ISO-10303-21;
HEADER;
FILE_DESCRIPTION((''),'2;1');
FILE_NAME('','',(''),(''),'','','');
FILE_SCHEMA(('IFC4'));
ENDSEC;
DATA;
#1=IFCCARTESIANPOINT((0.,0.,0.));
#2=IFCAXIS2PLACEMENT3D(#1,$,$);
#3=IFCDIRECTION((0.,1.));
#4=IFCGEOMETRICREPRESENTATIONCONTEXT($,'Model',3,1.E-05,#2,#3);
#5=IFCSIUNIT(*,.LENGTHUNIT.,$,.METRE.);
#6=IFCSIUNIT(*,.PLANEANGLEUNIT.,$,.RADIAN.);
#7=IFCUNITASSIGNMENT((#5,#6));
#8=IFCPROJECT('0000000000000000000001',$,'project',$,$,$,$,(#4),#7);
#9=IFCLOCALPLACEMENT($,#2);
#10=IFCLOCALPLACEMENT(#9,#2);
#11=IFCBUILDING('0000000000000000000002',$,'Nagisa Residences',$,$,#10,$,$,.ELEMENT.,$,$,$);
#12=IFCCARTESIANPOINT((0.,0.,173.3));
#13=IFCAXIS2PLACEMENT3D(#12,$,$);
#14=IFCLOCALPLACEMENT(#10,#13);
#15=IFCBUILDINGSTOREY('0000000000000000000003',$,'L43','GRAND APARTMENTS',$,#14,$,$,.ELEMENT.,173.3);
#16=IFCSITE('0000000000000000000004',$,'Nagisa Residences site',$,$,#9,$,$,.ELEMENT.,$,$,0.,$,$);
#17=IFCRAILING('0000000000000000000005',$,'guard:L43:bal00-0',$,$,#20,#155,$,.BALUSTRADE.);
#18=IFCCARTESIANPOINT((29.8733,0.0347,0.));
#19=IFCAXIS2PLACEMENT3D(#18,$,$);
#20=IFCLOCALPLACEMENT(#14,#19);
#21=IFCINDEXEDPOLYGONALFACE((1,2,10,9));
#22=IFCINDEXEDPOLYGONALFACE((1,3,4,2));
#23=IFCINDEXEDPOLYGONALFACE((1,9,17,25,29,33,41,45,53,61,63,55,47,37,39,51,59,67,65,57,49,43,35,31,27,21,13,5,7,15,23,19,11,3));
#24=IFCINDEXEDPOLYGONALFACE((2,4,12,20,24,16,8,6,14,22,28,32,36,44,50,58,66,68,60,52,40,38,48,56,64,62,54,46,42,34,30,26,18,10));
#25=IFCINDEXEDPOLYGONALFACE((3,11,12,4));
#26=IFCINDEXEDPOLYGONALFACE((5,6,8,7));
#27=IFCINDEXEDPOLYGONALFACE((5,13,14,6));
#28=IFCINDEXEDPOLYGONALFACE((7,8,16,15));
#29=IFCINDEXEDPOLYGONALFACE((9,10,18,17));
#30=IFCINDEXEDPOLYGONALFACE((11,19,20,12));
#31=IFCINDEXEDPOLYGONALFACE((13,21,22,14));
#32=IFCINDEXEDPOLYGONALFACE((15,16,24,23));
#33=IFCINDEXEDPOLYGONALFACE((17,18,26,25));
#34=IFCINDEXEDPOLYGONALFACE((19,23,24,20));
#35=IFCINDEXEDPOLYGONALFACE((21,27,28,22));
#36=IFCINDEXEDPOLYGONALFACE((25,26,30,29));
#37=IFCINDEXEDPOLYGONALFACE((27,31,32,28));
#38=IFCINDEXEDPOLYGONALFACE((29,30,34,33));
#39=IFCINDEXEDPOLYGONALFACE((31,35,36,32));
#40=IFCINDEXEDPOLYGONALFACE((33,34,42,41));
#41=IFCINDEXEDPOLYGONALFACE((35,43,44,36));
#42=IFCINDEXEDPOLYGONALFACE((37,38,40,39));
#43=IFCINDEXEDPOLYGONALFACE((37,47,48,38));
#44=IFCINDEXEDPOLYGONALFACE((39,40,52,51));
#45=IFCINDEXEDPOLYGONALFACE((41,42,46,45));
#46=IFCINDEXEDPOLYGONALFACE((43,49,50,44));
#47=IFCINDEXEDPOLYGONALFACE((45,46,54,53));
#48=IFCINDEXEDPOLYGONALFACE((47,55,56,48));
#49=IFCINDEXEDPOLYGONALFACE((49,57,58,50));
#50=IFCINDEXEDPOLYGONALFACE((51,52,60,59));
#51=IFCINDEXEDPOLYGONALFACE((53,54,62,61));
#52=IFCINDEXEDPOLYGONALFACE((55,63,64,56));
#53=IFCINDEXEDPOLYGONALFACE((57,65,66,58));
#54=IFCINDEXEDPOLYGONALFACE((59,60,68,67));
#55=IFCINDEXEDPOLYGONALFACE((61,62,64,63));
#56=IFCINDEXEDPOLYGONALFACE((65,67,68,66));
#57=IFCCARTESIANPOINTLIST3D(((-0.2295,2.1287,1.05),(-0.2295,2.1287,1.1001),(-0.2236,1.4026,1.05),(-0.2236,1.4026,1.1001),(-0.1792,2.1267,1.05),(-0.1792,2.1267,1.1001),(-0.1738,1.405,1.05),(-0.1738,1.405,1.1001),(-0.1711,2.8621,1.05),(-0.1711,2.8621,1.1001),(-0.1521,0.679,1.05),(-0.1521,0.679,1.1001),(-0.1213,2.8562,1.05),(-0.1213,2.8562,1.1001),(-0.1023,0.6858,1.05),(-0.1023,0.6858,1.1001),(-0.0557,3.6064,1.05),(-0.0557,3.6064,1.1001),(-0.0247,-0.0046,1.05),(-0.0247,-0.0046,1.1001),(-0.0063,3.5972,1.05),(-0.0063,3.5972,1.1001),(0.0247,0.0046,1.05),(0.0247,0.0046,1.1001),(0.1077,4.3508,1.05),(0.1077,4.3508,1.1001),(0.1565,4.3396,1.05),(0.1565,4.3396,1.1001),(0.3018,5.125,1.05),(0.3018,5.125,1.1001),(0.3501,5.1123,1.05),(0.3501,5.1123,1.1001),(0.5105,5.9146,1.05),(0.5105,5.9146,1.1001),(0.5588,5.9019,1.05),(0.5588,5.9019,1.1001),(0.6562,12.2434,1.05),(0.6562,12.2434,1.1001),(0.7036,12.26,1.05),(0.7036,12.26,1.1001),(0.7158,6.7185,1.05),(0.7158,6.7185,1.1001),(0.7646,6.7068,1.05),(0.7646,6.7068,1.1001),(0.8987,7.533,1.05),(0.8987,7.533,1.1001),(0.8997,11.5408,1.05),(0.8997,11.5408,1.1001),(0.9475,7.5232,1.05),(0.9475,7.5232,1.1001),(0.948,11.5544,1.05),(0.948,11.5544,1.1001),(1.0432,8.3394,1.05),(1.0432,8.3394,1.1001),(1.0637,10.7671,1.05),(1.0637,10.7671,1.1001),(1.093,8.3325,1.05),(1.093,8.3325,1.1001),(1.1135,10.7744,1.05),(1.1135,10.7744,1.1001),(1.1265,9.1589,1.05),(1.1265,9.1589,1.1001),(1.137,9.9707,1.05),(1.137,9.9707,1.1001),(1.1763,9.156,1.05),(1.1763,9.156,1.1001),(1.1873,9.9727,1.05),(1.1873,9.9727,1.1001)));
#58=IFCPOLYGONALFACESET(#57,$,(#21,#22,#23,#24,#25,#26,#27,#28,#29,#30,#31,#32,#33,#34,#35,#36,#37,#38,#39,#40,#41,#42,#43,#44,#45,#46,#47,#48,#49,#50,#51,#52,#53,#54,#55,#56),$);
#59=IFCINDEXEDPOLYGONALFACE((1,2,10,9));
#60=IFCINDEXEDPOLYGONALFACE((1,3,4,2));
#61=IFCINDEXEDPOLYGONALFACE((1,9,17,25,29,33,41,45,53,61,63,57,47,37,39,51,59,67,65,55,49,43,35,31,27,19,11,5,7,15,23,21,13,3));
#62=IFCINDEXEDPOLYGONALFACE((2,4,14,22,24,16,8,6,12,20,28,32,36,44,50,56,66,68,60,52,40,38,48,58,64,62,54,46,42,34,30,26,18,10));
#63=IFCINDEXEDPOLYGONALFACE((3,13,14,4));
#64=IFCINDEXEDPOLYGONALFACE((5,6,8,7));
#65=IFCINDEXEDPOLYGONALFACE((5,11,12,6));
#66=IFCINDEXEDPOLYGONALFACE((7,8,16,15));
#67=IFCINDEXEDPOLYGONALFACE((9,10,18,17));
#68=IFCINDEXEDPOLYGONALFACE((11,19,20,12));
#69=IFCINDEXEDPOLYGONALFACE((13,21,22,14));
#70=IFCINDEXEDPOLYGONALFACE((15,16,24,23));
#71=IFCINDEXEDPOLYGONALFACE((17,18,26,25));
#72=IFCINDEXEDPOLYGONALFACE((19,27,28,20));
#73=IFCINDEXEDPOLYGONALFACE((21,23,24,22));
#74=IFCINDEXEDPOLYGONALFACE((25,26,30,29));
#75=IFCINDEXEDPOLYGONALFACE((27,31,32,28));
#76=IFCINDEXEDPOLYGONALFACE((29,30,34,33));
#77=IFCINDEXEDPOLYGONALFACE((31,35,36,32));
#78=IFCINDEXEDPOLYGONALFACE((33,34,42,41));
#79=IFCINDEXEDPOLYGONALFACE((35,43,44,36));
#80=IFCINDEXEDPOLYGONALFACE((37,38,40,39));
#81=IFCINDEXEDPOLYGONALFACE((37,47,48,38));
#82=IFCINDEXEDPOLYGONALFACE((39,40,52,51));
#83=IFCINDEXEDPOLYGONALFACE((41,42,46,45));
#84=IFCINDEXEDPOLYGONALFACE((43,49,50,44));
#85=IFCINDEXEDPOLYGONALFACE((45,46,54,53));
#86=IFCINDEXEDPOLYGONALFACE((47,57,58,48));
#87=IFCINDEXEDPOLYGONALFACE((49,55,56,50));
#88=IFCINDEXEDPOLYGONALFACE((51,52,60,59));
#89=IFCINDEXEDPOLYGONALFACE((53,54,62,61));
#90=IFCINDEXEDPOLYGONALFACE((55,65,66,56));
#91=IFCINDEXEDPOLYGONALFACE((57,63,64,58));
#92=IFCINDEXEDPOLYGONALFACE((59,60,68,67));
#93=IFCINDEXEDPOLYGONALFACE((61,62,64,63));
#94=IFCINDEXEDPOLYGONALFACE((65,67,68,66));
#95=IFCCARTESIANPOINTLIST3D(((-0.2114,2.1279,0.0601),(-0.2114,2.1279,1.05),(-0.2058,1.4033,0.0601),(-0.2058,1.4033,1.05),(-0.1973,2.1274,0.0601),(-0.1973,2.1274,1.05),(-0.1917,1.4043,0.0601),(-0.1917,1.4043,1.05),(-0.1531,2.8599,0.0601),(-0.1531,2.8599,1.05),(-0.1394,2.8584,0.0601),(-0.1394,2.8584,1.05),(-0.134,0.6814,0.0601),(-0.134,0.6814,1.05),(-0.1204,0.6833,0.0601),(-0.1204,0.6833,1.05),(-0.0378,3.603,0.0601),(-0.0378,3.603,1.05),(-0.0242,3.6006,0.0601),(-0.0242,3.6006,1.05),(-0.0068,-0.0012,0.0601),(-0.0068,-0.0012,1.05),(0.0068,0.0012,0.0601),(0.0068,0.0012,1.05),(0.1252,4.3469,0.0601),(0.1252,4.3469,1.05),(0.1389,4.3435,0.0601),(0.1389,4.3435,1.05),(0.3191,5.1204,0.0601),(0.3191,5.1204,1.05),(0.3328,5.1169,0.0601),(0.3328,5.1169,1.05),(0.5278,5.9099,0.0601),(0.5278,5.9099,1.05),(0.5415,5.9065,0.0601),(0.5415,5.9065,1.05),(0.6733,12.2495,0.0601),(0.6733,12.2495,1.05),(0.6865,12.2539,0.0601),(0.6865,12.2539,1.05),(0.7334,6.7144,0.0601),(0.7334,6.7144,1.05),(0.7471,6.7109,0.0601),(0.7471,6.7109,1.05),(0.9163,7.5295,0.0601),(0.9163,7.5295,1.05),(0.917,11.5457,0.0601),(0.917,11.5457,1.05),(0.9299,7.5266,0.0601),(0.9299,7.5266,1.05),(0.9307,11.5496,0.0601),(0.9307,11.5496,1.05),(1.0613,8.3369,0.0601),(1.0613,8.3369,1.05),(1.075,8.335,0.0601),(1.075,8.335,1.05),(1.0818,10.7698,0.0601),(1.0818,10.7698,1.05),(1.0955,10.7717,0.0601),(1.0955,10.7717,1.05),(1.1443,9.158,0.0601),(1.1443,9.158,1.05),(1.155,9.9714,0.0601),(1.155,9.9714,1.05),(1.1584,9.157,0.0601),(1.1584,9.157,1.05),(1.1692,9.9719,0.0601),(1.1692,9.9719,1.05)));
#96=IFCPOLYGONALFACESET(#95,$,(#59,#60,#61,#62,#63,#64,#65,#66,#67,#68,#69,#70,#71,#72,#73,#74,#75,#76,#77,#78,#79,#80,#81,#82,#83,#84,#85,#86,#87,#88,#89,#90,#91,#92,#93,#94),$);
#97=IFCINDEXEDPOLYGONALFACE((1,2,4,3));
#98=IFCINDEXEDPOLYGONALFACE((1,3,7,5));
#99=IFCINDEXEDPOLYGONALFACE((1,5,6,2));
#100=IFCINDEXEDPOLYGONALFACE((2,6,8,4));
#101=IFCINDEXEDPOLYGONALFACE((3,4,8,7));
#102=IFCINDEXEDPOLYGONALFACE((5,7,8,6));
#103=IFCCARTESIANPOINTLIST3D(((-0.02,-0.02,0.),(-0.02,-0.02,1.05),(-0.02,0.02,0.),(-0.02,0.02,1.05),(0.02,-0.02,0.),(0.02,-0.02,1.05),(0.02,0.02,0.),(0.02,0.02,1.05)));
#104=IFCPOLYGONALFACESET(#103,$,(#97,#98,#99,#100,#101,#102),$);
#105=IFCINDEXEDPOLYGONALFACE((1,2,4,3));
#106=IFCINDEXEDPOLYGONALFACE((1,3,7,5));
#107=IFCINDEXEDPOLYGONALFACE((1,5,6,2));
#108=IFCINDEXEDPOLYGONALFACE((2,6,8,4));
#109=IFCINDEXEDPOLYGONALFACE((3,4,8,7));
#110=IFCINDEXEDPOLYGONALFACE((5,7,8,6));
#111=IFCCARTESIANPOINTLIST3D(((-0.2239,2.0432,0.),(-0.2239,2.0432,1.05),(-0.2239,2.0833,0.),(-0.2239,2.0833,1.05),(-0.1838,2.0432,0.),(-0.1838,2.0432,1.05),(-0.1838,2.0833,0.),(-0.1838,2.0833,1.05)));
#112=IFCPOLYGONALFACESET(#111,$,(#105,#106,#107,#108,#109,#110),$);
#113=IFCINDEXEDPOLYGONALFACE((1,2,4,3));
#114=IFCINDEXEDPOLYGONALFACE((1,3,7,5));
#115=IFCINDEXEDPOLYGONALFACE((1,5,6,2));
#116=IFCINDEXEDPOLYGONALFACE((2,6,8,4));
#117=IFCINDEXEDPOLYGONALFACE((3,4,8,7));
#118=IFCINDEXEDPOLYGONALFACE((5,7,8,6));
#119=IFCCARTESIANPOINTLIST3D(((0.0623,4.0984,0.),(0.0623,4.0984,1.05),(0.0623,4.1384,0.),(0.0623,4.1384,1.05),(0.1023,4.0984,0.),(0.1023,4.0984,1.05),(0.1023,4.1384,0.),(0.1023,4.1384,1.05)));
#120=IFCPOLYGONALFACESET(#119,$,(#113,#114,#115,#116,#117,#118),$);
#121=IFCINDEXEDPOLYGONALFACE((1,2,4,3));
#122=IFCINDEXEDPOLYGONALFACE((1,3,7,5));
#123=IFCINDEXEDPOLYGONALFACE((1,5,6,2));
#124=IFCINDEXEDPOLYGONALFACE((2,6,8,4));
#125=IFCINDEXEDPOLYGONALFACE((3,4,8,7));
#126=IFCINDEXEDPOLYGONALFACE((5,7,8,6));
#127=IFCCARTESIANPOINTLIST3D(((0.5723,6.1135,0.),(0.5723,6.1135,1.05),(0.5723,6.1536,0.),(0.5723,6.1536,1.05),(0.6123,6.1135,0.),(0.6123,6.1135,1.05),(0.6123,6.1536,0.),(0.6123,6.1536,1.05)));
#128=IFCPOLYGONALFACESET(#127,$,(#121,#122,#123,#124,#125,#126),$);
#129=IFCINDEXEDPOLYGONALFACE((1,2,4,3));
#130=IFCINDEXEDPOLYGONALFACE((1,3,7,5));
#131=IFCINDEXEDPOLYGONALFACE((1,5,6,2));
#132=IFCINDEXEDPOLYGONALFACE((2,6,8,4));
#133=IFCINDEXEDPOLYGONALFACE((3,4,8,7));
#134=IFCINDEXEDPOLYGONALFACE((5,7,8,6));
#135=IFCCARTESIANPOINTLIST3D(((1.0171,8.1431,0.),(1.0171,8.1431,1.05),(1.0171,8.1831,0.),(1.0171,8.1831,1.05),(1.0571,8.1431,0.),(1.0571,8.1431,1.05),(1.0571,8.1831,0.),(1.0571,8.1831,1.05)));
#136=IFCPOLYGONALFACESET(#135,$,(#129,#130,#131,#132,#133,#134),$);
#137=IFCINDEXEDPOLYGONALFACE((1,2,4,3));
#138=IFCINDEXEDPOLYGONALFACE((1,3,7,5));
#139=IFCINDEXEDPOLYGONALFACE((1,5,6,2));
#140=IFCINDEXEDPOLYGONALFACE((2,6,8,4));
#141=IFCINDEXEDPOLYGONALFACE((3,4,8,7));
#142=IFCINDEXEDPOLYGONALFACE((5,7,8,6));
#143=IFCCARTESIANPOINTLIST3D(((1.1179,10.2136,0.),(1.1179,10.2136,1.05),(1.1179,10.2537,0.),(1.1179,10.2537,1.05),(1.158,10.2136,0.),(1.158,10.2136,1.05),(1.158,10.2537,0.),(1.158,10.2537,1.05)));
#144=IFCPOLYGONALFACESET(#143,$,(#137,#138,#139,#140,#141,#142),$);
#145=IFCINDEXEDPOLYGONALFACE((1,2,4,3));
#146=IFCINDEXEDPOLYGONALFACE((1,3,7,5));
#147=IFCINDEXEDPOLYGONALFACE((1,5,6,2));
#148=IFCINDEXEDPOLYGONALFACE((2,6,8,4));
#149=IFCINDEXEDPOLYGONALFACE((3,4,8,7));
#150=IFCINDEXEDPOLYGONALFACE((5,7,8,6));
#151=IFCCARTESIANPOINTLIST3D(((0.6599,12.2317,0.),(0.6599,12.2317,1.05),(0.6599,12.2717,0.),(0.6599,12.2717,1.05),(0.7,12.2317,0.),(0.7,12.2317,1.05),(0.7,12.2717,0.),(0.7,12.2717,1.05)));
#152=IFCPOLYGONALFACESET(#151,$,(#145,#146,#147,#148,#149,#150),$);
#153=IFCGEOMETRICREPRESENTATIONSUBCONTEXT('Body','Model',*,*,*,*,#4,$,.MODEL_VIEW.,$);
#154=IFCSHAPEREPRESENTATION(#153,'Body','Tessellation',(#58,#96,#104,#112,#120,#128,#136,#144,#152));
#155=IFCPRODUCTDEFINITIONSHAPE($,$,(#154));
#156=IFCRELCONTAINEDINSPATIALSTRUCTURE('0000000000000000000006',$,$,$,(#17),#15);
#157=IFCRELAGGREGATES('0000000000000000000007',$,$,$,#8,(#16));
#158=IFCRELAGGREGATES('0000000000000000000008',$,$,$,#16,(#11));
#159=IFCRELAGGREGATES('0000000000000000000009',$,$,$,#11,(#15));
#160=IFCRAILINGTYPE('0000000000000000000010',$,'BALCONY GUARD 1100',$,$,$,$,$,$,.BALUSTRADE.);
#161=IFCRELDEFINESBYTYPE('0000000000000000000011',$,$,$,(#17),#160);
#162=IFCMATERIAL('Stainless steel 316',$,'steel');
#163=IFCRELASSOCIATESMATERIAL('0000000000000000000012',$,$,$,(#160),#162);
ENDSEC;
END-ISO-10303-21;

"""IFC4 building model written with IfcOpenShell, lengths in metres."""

from ifc_helpers import new_model, si_unit, direction, frame, origin, origin_2d, place, context, subcontext, project, spatial, polyline, rectangle, outline, extrude, material, type_object, element, save


model = new_model("IFC4")

# Units and contexts
model_context = context("Model", 3, precision=1e-05, world=origin(), true_north=direction((0.0, 1.0)))
body_context = subcontext(model_context, "Body", "Model", "MODEL_VIEW")
ifc_project = project(units=[si_unit("LENGTHUNIT", "METRE"), si_unit("PLANEANGLEUNIT", "RADIAN")], contexts=[model_context])

# Site, building, storey
site_placement = place(None, origin())
site = spatial("IfcSite", under=ifc_project, at=site_placement, Name="Nagisa Residences site", CompositionType="ELEMENT", RefElevation=0.0)
building_placement = place(site_placement, origin())
building = spatial("IfcBuilding", under=site, at=building_placement, Name="Nagisa Residences", CompositionType="ELEMENT")
storey_placement = place(building_placement, frame((0.0, 0.0, 173.3)))
storey = spatial("IfcBuildingStorey", under=building, at=storey_placement, Name="L43", Description="GRAND APARTMENTS", CompositionType="ELEMENT", Elevation=173.3)

# Railing
ifc_material_1 = material(Name="Stainless steel 316", Category="steel")
railing_type = type_object("IfcRailingType", Name="BALCONY GUARD 1100", PredefinedType="BALUSTRADE", material=ifc_material_1)
railing_1_placement = place(storey_placement, frame((29.8733, 0.0347, 0.0)))
element("IfcRailing", 1, at=railing_1_placement, inside=storey, type_object=railing_type, Name="guard:L43:bal00-0", PredefinedType="BALUSTRADE", context=body_context, shape_type="SweptSolid", body=[
    extrude(outline(polyline([(-0.1521, 0.679), (-0.0247, -0.0046), (0.0247, 0.0046), (-0.1023, 0.6858), (-0.1738, 1.405), (-0.1792, 2.1267), (-0.1213, 2.8562), (-0.0063, 3.5972), (0.1565, 4.3396), (0.3501, 5.1123), (0.5588, 5.9019), (0.7646, 6.7068), (0.9475, 7.5232), (1.093, 8.3325), (1.1763, 9.156), (1.1873, 9.9727), (1.1135, 10.7744), (0.948, 11.5544), (0.7036, 12.26), (0.6562, 12.2434), (0.8997, 11.5408), (1.0637, 10.7671), (1.137, 9.9707), (1.1265, 9.1589), (1.0432, 8.3394), (0.8987, 7.533), (0.7158, 6.7185), (0.5105, 5.9146), (0.3018, 5.125), (0.1077, 4.3508), (-0.0557, 3.6064), (-0.1711, 2.8621), (-0.2295, 2.1287), (-0.2236, 1.4026), (-0.1521, 0.679)])), frame((0.0, 0.0, 1.05)), (0.0, 0.0, 1.0), 0.05),
    extrude(outline(polyline([(-0.134, 0.6814), (-0.0068, -0.0012), (0.0068, 0.0012), (-0.1204, 0.6833), (-0.1917, 1.4043), (-0.1973, 2.1274), (-0.1394, 2.8584), (-0.0242, 3.6006), (0.1389, 4.3435), (0.3328, 5.1169), (0.5415, 5.9065), (0.7471, 6.7109), (0.9299, 7.5266), (1.075, 8.335), (1.1584, 9.157), (1.1692, 9.9719), (1.0955, 10.7717), (0.9307, 11.5496), (0.6865, 12.2539), (0.6733, 12.2495), (0.917, 11.5457), (1.0818, 10.7698), (1.155, 9.9714), (1.1443, 9.158), (1.0613, 8.3369), (0.9163, 7.5295), (0.7334, 6.7144), (0.5278, 5.9099), (0.3191, 5.1204), (0.1252, 4.3469), (-0.0378, 3.603), (-0.1531, 2.8599), (-0.2114, 2.1279), (-0.2058, 1.4033), (-0.134, 0.6814)])), frame((0.0, 0.0, 0.0601)), (0.0, 0.0, 1.0), 0.99),
    extrude(rectangle(XDim=0.04, YDim=0.04, at=origin_2d()), origin(), (0.0, 0.0, 1.0), 1.05),
    extrude(rectangle(XDim=0.04, YDim=0.04, at=origin_2d()), frame((-0.2039, 2.0632, 0.0)), (0.0, 0.0, 1.0), 1.05),
    extrude(rectangle(XDim=0.04, YDim=0.04, at=origin_2d()), frame((0.0823, 4.1184, 0.0)), (0.0, 0.0, 1.0), 1.05),
    extrude(rectangle(XDim=0.04, YDim=0.04, at=origin_2d()), frame((0.5923, 6.1335, 0.0)), (0.0, 0.0, 1.0), 1.05),
    extrude(rectangle(XDim=0.04, YDim=0.04, at=origin_2d()), frame((1.0371, 8.1631, 0.0)), (0.0, 0.0, 1.0), 1.05),
    extrude(rectangle(XDim=0.04, YDim=0.04, at=origin_2d()), frame((1.1379, 10.2336, 0.0)), (0.0, 0.0, 1.0), 1.05),
    extrude(rectangle(XDim=0.04, YDim=0.04, at=origin_2d()), frame((0.6799, 12.2517, 0.0)), (0.0, 0.0, 1.0), 1.05),
])

save(model, "model.ifc")
